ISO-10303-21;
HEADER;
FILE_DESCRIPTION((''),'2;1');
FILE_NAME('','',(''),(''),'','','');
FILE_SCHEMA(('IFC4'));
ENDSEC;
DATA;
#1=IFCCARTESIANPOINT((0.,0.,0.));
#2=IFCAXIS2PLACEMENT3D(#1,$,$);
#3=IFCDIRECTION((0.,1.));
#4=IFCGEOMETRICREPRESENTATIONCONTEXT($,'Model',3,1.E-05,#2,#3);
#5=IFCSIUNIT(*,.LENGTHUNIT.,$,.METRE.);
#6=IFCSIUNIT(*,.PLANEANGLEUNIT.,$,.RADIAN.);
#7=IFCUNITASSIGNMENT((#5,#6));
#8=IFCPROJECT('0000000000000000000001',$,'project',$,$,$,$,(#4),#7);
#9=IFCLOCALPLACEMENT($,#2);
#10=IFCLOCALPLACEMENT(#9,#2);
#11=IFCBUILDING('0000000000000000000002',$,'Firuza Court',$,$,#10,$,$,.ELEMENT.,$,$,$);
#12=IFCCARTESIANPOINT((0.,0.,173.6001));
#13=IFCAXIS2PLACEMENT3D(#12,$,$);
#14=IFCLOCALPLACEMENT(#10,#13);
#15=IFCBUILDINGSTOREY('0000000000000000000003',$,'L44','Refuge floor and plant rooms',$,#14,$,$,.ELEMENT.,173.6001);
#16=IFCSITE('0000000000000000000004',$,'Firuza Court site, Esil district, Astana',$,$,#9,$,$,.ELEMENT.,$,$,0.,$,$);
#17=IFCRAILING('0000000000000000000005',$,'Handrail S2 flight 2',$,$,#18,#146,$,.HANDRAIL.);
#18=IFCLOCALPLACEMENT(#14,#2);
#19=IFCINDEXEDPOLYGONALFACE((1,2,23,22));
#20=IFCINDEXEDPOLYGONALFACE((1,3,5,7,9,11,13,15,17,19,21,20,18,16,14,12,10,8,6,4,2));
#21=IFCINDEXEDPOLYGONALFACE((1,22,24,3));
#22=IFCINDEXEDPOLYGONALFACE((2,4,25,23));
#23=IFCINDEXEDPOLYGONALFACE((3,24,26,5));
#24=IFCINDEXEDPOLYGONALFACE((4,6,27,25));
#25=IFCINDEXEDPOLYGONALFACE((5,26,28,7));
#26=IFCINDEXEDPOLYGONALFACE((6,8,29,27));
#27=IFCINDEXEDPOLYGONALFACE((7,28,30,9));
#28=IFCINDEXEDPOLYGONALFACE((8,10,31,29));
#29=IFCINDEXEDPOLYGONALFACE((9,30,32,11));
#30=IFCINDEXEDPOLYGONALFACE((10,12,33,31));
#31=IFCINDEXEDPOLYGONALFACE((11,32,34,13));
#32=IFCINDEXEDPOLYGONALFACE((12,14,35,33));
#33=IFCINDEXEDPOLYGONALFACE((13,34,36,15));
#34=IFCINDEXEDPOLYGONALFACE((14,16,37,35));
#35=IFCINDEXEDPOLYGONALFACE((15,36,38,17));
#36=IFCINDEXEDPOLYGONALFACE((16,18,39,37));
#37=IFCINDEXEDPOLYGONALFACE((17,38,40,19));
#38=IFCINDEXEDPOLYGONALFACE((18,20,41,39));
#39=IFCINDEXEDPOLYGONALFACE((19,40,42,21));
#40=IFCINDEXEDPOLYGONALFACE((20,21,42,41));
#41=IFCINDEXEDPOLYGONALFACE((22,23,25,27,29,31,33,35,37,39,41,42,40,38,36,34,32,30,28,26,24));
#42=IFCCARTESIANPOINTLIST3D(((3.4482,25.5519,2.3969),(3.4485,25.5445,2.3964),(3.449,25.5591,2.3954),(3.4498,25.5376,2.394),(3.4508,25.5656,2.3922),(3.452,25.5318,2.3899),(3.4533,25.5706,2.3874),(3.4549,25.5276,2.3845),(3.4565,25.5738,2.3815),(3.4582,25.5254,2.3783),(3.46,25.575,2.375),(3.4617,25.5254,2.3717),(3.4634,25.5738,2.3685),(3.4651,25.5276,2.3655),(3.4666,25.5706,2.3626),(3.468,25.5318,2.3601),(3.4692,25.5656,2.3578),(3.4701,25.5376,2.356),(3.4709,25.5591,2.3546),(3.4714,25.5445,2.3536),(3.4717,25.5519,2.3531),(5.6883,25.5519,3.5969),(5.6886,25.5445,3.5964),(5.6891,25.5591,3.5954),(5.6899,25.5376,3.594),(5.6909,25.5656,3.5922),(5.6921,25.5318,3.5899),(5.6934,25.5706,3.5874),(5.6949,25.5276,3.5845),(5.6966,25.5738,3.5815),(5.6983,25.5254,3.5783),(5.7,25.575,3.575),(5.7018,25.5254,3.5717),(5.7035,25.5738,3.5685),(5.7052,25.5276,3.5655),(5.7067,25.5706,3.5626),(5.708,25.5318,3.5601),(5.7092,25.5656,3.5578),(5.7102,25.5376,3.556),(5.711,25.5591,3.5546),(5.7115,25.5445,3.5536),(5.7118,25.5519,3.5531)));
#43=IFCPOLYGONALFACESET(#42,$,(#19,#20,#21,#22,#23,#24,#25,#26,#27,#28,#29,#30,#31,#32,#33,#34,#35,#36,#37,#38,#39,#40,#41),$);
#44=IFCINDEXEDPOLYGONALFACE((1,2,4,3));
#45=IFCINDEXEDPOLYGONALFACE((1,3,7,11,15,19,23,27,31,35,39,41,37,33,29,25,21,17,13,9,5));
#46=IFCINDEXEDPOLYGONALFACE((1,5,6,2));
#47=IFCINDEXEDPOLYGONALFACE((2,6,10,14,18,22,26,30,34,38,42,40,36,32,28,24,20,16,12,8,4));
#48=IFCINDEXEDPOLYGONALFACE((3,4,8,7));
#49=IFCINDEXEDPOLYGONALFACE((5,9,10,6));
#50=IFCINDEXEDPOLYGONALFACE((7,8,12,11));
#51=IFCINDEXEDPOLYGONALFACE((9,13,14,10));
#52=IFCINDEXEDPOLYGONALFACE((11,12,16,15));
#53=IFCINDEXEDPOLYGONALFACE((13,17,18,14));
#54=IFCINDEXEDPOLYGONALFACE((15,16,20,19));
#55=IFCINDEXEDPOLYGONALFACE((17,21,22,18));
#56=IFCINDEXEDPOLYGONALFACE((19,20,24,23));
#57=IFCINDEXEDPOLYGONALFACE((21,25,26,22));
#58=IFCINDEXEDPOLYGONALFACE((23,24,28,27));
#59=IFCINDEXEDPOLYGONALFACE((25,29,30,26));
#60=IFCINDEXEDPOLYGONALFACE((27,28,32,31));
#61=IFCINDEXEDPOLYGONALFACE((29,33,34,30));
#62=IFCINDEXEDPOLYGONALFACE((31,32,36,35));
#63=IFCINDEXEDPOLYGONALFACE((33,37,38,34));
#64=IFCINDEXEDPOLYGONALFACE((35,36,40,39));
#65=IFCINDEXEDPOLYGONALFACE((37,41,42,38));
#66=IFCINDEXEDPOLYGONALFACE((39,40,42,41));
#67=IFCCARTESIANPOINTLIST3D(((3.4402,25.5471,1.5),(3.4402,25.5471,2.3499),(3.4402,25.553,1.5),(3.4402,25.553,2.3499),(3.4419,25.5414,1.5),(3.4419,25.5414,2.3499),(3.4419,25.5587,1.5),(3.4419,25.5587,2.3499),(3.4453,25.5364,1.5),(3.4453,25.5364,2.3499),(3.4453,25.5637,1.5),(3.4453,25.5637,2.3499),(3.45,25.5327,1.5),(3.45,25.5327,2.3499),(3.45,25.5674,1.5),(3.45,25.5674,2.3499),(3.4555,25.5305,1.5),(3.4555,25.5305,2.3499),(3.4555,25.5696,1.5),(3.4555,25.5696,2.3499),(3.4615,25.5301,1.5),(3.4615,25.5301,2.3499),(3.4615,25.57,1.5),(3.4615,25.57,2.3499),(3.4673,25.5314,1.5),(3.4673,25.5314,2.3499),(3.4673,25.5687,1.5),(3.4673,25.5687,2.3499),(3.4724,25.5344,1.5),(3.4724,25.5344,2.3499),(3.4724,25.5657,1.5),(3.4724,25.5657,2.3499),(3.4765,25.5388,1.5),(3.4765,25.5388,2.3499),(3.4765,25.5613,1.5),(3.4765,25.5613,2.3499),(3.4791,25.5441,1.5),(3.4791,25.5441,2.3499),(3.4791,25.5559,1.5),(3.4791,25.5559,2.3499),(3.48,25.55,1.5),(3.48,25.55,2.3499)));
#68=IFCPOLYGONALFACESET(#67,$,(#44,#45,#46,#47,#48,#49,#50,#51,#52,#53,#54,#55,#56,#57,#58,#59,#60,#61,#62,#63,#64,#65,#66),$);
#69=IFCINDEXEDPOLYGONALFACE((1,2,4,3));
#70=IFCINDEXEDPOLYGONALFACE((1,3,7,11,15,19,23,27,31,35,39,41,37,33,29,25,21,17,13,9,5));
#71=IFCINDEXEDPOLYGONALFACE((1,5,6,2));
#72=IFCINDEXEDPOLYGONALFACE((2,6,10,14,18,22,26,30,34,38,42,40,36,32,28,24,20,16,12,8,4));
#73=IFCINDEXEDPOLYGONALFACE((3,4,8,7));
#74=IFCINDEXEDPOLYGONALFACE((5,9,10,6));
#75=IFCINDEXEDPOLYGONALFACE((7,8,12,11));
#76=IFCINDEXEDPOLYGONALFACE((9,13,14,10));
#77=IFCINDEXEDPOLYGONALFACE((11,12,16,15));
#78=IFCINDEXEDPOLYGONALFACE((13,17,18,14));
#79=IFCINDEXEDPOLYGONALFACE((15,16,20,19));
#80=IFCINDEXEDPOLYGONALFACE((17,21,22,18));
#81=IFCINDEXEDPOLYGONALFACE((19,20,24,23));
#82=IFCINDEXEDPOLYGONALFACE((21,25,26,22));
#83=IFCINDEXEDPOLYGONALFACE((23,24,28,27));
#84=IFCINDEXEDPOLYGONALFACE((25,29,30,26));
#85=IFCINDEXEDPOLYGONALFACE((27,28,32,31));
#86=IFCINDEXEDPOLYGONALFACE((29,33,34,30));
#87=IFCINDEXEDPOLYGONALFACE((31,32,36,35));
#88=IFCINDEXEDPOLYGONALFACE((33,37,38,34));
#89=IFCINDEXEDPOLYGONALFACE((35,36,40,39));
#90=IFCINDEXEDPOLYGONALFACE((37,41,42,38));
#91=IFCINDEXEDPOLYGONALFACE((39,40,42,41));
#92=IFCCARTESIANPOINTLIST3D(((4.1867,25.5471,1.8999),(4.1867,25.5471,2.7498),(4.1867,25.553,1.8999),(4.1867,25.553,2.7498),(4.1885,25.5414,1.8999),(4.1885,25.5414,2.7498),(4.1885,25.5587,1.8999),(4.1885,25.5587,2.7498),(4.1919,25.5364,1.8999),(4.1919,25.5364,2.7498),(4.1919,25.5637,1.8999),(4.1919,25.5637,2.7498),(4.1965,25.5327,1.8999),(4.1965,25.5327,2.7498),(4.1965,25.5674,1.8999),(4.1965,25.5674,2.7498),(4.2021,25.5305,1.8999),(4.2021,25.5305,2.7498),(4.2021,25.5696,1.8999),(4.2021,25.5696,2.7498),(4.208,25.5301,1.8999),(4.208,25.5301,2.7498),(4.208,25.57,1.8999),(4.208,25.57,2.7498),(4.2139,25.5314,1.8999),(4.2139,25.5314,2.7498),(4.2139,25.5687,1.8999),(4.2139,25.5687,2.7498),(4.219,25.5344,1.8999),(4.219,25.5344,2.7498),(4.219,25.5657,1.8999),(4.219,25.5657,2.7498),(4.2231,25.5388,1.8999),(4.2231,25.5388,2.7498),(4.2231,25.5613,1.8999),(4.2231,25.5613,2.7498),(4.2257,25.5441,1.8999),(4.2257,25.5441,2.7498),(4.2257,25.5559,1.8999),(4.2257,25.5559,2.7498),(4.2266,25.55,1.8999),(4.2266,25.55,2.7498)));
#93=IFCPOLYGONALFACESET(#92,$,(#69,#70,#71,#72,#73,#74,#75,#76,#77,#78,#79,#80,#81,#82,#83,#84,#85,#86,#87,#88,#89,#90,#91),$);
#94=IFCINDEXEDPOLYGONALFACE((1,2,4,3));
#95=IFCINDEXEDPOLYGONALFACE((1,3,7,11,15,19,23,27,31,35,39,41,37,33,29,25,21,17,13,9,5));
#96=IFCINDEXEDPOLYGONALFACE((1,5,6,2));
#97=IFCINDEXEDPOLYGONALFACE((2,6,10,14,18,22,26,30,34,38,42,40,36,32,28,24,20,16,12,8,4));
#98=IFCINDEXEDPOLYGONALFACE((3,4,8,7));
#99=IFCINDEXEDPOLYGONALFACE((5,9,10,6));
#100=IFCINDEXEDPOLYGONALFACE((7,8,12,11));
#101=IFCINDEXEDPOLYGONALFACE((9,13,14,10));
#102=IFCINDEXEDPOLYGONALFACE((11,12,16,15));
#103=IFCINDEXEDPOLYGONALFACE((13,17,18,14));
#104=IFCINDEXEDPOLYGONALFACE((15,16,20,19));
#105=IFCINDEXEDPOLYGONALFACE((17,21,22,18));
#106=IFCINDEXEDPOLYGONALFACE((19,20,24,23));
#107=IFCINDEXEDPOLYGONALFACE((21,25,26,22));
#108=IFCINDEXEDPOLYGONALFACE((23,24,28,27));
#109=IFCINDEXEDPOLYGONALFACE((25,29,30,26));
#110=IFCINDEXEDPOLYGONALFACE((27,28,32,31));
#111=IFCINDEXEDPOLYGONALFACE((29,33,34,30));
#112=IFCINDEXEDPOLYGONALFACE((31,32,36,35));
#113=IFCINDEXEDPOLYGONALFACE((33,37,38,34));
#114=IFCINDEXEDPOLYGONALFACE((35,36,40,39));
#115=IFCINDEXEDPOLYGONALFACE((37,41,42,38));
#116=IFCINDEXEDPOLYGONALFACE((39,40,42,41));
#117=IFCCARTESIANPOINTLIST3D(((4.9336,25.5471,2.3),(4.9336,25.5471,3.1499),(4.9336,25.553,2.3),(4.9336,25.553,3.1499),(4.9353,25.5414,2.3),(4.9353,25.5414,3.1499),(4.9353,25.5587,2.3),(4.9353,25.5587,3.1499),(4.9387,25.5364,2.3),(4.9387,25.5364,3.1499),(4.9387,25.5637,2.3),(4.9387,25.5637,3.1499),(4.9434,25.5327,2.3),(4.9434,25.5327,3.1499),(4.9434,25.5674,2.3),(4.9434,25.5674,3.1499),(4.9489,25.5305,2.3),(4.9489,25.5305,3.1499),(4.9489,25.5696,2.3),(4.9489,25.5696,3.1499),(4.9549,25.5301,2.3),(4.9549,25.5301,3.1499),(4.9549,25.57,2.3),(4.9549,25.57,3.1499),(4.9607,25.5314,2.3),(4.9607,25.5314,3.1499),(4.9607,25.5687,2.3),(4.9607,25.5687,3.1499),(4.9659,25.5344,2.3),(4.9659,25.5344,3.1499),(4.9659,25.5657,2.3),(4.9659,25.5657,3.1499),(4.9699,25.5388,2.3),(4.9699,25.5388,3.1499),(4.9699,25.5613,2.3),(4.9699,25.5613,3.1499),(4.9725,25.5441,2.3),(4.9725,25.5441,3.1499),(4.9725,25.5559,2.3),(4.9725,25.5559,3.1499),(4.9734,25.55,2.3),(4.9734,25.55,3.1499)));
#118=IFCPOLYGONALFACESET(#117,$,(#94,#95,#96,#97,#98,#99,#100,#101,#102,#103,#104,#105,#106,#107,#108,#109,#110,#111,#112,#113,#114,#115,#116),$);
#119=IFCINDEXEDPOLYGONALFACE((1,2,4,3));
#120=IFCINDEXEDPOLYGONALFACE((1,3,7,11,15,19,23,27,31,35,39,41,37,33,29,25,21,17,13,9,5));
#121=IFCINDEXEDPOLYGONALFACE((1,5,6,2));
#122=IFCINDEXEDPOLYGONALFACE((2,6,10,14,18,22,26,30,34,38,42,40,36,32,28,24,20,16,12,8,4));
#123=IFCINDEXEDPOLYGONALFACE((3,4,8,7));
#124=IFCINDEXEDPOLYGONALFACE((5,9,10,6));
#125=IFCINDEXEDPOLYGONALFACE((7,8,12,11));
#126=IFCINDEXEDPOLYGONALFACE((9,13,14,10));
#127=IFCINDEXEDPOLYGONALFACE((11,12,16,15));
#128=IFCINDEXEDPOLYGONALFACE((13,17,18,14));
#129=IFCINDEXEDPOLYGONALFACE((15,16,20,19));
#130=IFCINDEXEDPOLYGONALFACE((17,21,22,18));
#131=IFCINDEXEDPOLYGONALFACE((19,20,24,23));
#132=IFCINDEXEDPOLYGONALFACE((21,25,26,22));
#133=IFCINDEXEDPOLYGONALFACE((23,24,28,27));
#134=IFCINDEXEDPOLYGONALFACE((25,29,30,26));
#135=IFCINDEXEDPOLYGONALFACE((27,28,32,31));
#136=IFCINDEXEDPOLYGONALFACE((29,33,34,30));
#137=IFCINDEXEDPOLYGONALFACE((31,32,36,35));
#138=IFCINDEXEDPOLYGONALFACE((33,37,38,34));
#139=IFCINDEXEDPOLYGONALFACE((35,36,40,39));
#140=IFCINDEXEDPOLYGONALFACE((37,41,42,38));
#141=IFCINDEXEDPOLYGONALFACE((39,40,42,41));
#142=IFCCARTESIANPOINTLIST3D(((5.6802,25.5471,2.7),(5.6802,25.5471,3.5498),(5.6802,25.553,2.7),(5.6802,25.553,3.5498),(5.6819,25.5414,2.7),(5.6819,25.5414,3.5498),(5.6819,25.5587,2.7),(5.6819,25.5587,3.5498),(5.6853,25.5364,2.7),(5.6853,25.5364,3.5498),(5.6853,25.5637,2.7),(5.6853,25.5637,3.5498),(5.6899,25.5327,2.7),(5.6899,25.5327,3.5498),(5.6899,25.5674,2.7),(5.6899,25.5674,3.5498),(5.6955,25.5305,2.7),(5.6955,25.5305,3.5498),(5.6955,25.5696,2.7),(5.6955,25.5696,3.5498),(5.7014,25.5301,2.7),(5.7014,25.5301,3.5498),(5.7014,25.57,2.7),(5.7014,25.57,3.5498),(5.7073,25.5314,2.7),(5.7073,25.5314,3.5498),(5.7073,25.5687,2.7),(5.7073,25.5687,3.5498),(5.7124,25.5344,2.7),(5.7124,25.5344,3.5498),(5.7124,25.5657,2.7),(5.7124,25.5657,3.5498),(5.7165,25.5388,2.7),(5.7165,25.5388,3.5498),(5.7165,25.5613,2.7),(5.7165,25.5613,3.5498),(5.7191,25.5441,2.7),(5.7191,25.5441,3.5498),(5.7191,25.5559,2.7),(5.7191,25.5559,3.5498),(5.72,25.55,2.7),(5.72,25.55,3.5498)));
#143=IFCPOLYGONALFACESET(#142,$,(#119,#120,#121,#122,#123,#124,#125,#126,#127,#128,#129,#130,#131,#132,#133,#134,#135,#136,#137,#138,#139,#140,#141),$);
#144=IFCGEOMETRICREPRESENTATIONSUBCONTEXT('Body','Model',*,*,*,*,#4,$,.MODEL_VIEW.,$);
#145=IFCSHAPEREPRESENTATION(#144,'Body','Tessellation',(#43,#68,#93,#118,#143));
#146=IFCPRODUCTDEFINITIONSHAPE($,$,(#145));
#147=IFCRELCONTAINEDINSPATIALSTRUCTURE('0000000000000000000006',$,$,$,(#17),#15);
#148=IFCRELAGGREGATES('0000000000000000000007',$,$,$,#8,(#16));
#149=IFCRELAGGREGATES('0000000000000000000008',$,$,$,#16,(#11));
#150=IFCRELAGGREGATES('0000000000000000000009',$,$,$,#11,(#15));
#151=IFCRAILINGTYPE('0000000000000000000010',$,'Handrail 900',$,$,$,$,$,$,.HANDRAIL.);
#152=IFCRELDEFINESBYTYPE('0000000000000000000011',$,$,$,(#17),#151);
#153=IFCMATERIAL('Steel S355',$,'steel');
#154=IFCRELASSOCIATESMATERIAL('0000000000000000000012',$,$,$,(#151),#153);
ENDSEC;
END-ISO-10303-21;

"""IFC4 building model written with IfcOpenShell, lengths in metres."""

from ifc_helpers import new_model, si_unit, direction, frame, origin, origin_2d, place, context, subcontext, project, spatial, circle, extrude, material, type_object, element, save


model = new_model("IFC4")

# Units and contexts
model_context = context("Model", 3, precision=1e-05, world=origin(), true_north=direction((0.0, 1.0)))
body_context = subcontext(model_context, "Body", "Model", "MODEL_VIEW")
ifc_project = project(units=[si_unit("LENGTHUNIT", "METRE"), si_unit("PLANEANGLEUNIT", "RADIAN")], contexts=[model_context])

# Site, building, storey
site_placement = place(None, origin())
site = spatial("IfcSite", under=ifc_project, at=site_placement, Name="Firuza Court site, Esil district, Astana", CompositionType="ELEMENT", RefElevation=0.0)
building_placement = place(site_placement, origin())
building = spatial("IfcBuilding", under=site, at=building_placement, Name="Firuza Court", CompositionType="ELEMENT")
storey_placement = place(building_placement, frame((0.0, 0.0, 173.6001)))
storey = spatial("IfcBuildingStorey", under=building, at=storey_placement, Name="L44", Description="Refuge floor and plant rooms", CompositionType="ELEMENT", Elevation=173.6001)

# Railing
ifc_material_1 = material(Name="Steel S355", Category="steel")
railing_type_1 = type_object("IfcRailingType", Name="Handrail 900", PredefinedType="HANDRAIL", material=ifc_material_1)
railing_1_placement = place(storey_placement, frame((3.46, 25.55, 1.5)))
element("IfcRailing", 1, at=railing_1_placement, inside=storey, type_object=railing_type_1, Name="Handrail S2 flight 2", PredefinedType="HANDRAIL", context=body_context, shape_type="SweptSolid", body=[
    extrude(circle(Radius=0.0249, at=origin_2d()), frame((0.0, 0.0, 0.875), z_axis=(0.881487, 0.0, 0.472208), x_axis=(0.0, 1.0, 0.0)), (0.0, 0.0, 1.0), 2.5413),
    extrude(circle(Radius=0.02, at=origin_2d()), origin(), (0.0, 0.0, 1.0), 0.8499),
    extrude(circle(Radius=0.02, at=origin_2d()), frame((0.7466, 0.0, 0.3999)), (0.0, 0.0, 1.0), 0.8499),
    extrude(circle(Radius=0.02, at=origin_2d()), frame((1.4934, 0.0, 0.8)), (0.0, 0.0, 1.0), 0.8499),
    extrude(circle(Radius=0.02, at=origin_2d()), frame((2.24, 0.0, 1.2)), (0.0, 0.0, 1.0), 0.8499),
])

save(model, "model.ifc")
